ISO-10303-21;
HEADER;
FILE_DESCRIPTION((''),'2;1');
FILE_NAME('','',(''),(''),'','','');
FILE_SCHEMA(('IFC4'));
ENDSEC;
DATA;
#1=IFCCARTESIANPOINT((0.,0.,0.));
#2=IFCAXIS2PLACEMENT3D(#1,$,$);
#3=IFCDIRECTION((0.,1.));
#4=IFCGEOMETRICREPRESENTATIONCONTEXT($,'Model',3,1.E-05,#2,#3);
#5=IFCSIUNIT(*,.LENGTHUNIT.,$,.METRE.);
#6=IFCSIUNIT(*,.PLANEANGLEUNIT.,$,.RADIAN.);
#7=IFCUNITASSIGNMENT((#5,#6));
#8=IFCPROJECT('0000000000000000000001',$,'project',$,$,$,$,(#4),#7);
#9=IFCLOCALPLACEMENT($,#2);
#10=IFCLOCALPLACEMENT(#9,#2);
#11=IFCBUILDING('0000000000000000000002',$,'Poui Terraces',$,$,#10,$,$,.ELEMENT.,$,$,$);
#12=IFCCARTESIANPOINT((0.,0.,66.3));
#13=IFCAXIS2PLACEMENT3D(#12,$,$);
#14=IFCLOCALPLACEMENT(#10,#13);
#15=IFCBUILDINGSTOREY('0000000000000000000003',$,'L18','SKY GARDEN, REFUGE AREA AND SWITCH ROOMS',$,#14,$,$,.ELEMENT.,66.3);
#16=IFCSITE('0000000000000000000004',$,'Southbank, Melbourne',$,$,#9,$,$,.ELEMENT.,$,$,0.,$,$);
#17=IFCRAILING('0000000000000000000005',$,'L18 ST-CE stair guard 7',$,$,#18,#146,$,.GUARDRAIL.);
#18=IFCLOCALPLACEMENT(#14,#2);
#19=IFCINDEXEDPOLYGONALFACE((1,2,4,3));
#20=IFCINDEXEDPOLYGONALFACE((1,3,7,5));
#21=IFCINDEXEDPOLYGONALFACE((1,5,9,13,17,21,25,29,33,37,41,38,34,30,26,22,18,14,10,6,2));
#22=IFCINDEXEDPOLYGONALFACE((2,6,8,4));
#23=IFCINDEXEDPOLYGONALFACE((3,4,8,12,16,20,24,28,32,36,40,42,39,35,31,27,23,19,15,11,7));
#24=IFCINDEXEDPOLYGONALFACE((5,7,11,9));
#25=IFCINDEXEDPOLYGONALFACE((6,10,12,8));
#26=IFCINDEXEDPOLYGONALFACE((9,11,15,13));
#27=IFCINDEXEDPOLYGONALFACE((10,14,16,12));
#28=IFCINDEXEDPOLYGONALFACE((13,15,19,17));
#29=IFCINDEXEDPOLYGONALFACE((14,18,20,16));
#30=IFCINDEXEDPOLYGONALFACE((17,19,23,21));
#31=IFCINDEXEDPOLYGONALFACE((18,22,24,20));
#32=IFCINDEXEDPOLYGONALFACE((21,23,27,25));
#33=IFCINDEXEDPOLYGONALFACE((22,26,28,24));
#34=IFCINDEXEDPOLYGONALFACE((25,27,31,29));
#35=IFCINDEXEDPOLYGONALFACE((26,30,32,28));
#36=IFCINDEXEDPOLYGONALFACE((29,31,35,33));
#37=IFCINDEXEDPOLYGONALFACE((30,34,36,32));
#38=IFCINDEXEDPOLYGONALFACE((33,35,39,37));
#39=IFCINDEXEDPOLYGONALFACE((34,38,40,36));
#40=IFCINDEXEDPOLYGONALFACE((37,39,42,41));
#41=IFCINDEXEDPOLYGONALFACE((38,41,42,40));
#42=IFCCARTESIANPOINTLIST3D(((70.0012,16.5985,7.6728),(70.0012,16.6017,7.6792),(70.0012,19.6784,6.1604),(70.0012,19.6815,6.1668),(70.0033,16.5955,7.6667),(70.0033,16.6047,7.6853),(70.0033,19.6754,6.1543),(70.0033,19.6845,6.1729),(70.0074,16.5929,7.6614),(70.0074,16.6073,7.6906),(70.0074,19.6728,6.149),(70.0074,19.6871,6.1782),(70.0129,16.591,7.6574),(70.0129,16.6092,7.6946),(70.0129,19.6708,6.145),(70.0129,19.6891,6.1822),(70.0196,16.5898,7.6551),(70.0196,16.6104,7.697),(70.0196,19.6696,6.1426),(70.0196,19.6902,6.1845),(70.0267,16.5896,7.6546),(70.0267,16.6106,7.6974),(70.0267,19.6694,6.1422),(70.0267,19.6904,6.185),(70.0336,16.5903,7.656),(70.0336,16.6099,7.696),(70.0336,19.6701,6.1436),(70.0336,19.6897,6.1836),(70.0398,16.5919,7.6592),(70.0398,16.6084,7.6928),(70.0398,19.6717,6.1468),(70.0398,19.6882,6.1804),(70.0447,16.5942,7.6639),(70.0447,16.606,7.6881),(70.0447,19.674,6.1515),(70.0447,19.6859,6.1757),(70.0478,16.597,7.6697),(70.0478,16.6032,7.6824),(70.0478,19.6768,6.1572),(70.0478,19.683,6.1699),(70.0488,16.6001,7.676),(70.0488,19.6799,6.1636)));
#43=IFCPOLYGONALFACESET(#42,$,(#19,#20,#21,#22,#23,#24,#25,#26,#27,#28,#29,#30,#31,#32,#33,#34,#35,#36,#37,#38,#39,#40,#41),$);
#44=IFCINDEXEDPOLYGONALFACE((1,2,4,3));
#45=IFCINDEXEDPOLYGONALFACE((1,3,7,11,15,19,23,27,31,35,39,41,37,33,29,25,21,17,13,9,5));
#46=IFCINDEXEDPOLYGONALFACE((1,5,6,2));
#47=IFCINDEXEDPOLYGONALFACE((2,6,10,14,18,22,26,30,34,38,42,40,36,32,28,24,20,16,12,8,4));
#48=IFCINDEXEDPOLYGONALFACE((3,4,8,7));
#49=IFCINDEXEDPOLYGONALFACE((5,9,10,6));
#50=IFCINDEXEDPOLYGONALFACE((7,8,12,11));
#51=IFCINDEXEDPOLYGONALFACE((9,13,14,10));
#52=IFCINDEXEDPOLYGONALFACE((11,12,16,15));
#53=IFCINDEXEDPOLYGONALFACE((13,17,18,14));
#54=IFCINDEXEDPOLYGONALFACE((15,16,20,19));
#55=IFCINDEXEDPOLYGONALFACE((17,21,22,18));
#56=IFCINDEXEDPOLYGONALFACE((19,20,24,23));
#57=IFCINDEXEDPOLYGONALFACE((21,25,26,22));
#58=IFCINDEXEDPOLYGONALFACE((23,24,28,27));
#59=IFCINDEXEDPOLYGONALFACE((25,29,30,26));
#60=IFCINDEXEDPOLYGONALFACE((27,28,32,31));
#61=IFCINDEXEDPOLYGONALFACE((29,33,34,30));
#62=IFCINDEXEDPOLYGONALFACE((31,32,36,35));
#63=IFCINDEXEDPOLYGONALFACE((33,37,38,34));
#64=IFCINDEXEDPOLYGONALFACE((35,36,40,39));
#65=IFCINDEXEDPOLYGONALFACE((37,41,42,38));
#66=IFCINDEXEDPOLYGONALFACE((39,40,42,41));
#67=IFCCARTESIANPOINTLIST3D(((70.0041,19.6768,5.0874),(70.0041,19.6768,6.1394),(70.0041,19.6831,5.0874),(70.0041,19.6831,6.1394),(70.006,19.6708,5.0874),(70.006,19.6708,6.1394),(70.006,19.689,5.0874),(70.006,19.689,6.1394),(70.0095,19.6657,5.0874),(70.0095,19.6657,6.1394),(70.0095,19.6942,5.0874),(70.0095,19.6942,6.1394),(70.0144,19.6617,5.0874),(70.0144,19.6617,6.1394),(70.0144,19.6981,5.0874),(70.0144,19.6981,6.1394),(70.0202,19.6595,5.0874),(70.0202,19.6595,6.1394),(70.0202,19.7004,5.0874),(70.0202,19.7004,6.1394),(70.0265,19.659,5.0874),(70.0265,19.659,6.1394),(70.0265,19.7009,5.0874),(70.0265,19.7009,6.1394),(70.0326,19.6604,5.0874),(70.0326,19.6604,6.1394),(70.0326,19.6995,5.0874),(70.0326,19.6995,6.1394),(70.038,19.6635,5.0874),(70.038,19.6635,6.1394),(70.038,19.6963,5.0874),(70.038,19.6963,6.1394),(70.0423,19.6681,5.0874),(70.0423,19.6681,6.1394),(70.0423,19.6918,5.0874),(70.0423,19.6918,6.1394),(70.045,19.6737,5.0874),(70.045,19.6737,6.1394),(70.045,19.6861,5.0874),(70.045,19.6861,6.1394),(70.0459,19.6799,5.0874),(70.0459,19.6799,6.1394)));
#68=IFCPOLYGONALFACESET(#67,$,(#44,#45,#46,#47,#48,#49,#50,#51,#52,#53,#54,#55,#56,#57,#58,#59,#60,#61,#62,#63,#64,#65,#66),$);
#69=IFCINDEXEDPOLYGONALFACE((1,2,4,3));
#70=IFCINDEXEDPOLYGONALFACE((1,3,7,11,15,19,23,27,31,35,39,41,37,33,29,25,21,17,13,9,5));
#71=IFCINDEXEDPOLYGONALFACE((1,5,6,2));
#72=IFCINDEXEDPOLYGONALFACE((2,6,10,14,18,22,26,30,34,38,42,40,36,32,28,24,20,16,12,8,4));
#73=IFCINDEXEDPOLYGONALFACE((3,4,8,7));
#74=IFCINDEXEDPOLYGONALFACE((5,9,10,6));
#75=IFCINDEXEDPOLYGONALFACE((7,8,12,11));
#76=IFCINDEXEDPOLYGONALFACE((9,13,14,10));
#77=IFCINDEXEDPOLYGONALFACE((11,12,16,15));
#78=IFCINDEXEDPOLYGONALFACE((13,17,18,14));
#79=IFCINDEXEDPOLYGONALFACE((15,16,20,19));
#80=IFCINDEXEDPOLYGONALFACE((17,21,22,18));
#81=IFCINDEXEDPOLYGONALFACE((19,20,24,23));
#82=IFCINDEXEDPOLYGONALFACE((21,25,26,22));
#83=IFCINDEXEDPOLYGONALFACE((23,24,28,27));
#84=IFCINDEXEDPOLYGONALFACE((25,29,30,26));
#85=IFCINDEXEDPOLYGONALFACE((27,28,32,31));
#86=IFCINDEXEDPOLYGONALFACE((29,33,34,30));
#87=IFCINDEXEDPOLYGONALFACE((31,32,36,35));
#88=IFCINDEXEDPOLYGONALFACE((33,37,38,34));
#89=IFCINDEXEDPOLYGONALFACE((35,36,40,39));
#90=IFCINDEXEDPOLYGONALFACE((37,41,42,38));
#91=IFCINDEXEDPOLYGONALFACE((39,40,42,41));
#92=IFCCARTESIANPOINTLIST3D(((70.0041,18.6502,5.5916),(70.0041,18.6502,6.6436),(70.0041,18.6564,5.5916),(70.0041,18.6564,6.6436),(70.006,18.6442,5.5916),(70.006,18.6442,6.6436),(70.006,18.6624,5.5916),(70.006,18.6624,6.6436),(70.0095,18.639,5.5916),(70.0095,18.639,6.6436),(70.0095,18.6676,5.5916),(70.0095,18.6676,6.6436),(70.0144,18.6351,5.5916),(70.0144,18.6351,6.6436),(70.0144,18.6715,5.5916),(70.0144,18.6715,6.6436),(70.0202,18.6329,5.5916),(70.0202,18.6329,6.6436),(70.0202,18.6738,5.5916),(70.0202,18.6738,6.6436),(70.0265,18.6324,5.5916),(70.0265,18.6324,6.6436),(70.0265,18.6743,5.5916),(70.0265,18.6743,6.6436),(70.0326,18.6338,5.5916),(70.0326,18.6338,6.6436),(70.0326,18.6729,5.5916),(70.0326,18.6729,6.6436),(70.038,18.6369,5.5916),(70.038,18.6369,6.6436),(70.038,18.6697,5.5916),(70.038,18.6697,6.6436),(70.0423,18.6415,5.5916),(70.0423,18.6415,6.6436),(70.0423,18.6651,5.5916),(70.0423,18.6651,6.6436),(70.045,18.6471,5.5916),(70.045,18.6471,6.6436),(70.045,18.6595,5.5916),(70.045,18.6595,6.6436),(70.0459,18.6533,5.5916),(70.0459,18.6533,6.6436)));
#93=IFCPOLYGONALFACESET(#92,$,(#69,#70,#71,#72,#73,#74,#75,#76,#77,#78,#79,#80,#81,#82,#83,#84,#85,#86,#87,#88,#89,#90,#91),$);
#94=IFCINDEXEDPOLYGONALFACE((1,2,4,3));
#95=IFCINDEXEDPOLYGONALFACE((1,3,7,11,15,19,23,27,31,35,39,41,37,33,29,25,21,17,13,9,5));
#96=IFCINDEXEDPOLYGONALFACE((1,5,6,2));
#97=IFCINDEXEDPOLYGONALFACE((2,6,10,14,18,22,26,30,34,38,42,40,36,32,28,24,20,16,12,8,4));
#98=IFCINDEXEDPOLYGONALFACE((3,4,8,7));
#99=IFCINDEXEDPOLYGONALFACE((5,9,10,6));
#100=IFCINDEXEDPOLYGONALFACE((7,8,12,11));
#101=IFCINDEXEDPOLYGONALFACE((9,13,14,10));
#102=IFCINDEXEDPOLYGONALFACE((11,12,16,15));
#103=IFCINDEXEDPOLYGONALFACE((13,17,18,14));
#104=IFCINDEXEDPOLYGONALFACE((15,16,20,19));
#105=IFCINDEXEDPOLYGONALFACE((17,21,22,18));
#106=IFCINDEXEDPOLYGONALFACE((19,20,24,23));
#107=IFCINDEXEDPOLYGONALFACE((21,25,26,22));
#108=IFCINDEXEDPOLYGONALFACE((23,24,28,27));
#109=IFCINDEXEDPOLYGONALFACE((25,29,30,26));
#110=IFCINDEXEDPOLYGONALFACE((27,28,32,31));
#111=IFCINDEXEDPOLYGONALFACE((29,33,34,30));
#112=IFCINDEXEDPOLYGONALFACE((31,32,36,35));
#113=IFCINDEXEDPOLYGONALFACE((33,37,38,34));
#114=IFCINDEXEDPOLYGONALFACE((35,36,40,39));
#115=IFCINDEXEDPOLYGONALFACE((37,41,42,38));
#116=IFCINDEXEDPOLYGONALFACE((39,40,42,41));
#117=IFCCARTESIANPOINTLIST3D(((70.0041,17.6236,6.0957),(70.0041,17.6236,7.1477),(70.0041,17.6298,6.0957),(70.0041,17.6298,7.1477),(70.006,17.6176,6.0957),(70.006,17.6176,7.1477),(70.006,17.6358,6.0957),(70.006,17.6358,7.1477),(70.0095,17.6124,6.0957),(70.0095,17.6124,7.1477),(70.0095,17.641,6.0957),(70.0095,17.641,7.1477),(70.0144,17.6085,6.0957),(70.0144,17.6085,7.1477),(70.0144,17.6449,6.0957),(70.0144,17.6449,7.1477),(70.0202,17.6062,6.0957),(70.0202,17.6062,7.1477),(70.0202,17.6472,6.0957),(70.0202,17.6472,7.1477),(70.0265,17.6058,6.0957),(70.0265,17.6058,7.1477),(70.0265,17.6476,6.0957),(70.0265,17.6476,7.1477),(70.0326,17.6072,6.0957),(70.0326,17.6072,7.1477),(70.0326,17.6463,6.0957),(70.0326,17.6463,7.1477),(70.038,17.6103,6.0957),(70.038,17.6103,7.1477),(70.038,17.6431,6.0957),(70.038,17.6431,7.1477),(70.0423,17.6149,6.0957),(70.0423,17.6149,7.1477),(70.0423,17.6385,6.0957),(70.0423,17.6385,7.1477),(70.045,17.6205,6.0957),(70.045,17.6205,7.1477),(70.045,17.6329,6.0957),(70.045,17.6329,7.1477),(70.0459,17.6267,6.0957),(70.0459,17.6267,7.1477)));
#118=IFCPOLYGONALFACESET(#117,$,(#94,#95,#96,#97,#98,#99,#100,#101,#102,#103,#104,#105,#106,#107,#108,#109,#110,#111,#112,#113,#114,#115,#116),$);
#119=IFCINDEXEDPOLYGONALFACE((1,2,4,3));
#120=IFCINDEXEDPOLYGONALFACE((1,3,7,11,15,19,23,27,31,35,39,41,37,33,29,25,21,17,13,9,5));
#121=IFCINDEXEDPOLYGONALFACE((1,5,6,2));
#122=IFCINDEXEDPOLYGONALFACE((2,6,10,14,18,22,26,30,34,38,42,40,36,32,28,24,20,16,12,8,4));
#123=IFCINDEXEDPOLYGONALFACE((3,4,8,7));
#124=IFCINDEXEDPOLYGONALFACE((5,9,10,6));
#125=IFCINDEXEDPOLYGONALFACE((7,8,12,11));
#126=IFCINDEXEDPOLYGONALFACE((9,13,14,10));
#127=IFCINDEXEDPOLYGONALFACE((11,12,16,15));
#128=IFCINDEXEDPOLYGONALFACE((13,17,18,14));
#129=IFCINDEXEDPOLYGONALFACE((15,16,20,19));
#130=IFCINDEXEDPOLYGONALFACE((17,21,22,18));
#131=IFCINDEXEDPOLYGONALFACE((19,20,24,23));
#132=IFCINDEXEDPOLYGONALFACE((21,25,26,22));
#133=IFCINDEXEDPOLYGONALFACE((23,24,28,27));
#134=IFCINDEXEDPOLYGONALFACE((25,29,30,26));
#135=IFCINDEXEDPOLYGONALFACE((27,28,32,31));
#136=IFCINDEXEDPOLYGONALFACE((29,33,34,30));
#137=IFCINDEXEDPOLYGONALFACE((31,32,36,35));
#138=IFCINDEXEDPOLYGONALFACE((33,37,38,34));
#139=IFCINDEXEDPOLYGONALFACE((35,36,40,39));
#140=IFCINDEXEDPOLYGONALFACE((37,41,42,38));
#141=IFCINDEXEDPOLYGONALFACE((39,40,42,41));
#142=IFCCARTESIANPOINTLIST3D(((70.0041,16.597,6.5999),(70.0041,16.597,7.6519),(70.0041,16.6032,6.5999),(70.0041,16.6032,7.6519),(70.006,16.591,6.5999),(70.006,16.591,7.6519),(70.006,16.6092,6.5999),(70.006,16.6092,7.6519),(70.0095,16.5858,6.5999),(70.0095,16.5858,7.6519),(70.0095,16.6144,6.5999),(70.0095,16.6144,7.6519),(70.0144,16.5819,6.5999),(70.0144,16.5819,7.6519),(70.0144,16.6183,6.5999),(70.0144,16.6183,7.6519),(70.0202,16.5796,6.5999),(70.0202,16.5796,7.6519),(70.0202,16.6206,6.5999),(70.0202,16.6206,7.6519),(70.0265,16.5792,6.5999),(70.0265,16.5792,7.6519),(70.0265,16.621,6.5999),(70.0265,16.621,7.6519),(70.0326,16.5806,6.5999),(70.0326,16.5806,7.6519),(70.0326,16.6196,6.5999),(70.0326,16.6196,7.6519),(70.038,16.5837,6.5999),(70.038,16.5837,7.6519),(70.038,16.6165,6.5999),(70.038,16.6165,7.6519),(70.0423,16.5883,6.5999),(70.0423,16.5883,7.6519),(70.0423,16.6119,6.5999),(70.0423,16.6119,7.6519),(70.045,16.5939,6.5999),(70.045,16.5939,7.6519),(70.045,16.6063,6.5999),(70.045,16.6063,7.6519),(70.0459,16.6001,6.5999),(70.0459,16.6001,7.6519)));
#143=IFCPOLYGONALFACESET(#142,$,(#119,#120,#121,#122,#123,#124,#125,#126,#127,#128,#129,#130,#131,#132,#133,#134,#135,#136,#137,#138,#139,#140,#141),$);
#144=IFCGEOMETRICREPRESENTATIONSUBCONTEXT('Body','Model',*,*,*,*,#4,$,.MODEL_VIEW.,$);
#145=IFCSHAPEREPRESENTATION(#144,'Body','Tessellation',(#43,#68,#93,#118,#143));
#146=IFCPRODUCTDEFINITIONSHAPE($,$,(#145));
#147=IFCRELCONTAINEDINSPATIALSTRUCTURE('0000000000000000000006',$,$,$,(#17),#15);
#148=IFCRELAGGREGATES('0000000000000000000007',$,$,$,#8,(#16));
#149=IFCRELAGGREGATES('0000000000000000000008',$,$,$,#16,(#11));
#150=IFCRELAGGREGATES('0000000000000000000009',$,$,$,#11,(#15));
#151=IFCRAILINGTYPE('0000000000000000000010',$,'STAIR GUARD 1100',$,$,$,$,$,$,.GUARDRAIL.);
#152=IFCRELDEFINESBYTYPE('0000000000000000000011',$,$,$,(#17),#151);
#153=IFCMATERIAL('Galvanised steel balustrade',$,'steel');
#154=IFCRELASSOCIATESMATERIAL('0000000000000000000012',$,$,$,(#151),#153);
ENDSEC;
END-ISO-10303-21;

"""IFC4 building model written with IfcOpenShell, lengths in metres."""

from ifc_helpers import new_model, si_unit, direction, frame, origin, origin_2d, place, context, subcontext, project, spatial, circle, extrude, material, type_object, element, save


model = new_model("IFC4")

# Units and contexts
model_context = context("Model", 3, precision=1e-05, world=origin(), true_north=direction((0.0, 1.0)))
body_context = subcontext(model_context, "Body", "Model", "MODEL_VIEW")
ifc_project = project(units=[si_unit("LENGTHUNIT", "METRE"), si_unit("PLANEANGLEUNIT", "RADIAN")], contexts=[model_context])

# Site, building, storey
site_placement = place(None, origin())
site = spatial("IfcSite", under=ifc_project, at=site_placement, Name="Southbank, Melbourne", CompositionType="ELEMENT", RefElevation=0.0)
building_placement = place(site_placement, origin())
building = spatial("IfcBuilding", under=site, at=building_placement, Name="Poui Terraces", CompositionType="ELEMENT")
storey_placement = place(building_placement, frame((0.0, 0.0, 66.3)))
storey = spatial("IfcBuildingStorey", under=building, at=storey_placement, Name="L18", Description="SKY GARDEN, REFUGE AREA AND SWITCH ROOMS", CompositionType="ELEMENT", Elevation=66.3)

# Railing
ifc_material_1 = material(Name="Galvanised steel balustrade", Category="steel")
railing_type_1 = type_object("IfcRailingType", Name="STAIR GUARD 1100", PredefinedType="GUARDRAIL", material=ifc_material_1)
railing_1_placement = place(storey_placement, frame((70.0249, 19.6799, 5.0874)))
element("IfcRailing", 1, at=railing_1_placement, inside=storey, type_object=railing_type_1, Name="L18 ST-CE stair guard 7", PredefinedType="GUARDRAIL", context=body_context, shape_type="SweptSolid", body=[
    extrude(circle(Radius=0.0239, at=origin_2d()), frame((0.0, 0.0, 1.0762), z_axis=(0.0, -0.897606, 0.440798), x_axis=(1.0, 0.0, 0.0)), (0.0, 0.0, 1.0), 3.4312),
    extrude(circle(Radius=0.021, at=origin_2d()), origin(), (0.0, 0.0, 1.0), 1.052),
    extrude(circle(Radius=0.021, at=origin_2d()), frame((0.0, -1.0266, 0.5042)), (0.0, 0.0, 1.0), 1.052),
    extrude(circle(Radius=0.021, at=origin_2d()), frame((0.0, -2.0532, 1.0083)), (0.0, 0.0, 1.0), 1.052),
    extrude(circle(Radius=0.021, at=origin_2d()), frame((0.0, -3.0798, 1.5125)), (0.0, 0.0, 1.0), 1.052),
])

save(model, "model.ifc")
